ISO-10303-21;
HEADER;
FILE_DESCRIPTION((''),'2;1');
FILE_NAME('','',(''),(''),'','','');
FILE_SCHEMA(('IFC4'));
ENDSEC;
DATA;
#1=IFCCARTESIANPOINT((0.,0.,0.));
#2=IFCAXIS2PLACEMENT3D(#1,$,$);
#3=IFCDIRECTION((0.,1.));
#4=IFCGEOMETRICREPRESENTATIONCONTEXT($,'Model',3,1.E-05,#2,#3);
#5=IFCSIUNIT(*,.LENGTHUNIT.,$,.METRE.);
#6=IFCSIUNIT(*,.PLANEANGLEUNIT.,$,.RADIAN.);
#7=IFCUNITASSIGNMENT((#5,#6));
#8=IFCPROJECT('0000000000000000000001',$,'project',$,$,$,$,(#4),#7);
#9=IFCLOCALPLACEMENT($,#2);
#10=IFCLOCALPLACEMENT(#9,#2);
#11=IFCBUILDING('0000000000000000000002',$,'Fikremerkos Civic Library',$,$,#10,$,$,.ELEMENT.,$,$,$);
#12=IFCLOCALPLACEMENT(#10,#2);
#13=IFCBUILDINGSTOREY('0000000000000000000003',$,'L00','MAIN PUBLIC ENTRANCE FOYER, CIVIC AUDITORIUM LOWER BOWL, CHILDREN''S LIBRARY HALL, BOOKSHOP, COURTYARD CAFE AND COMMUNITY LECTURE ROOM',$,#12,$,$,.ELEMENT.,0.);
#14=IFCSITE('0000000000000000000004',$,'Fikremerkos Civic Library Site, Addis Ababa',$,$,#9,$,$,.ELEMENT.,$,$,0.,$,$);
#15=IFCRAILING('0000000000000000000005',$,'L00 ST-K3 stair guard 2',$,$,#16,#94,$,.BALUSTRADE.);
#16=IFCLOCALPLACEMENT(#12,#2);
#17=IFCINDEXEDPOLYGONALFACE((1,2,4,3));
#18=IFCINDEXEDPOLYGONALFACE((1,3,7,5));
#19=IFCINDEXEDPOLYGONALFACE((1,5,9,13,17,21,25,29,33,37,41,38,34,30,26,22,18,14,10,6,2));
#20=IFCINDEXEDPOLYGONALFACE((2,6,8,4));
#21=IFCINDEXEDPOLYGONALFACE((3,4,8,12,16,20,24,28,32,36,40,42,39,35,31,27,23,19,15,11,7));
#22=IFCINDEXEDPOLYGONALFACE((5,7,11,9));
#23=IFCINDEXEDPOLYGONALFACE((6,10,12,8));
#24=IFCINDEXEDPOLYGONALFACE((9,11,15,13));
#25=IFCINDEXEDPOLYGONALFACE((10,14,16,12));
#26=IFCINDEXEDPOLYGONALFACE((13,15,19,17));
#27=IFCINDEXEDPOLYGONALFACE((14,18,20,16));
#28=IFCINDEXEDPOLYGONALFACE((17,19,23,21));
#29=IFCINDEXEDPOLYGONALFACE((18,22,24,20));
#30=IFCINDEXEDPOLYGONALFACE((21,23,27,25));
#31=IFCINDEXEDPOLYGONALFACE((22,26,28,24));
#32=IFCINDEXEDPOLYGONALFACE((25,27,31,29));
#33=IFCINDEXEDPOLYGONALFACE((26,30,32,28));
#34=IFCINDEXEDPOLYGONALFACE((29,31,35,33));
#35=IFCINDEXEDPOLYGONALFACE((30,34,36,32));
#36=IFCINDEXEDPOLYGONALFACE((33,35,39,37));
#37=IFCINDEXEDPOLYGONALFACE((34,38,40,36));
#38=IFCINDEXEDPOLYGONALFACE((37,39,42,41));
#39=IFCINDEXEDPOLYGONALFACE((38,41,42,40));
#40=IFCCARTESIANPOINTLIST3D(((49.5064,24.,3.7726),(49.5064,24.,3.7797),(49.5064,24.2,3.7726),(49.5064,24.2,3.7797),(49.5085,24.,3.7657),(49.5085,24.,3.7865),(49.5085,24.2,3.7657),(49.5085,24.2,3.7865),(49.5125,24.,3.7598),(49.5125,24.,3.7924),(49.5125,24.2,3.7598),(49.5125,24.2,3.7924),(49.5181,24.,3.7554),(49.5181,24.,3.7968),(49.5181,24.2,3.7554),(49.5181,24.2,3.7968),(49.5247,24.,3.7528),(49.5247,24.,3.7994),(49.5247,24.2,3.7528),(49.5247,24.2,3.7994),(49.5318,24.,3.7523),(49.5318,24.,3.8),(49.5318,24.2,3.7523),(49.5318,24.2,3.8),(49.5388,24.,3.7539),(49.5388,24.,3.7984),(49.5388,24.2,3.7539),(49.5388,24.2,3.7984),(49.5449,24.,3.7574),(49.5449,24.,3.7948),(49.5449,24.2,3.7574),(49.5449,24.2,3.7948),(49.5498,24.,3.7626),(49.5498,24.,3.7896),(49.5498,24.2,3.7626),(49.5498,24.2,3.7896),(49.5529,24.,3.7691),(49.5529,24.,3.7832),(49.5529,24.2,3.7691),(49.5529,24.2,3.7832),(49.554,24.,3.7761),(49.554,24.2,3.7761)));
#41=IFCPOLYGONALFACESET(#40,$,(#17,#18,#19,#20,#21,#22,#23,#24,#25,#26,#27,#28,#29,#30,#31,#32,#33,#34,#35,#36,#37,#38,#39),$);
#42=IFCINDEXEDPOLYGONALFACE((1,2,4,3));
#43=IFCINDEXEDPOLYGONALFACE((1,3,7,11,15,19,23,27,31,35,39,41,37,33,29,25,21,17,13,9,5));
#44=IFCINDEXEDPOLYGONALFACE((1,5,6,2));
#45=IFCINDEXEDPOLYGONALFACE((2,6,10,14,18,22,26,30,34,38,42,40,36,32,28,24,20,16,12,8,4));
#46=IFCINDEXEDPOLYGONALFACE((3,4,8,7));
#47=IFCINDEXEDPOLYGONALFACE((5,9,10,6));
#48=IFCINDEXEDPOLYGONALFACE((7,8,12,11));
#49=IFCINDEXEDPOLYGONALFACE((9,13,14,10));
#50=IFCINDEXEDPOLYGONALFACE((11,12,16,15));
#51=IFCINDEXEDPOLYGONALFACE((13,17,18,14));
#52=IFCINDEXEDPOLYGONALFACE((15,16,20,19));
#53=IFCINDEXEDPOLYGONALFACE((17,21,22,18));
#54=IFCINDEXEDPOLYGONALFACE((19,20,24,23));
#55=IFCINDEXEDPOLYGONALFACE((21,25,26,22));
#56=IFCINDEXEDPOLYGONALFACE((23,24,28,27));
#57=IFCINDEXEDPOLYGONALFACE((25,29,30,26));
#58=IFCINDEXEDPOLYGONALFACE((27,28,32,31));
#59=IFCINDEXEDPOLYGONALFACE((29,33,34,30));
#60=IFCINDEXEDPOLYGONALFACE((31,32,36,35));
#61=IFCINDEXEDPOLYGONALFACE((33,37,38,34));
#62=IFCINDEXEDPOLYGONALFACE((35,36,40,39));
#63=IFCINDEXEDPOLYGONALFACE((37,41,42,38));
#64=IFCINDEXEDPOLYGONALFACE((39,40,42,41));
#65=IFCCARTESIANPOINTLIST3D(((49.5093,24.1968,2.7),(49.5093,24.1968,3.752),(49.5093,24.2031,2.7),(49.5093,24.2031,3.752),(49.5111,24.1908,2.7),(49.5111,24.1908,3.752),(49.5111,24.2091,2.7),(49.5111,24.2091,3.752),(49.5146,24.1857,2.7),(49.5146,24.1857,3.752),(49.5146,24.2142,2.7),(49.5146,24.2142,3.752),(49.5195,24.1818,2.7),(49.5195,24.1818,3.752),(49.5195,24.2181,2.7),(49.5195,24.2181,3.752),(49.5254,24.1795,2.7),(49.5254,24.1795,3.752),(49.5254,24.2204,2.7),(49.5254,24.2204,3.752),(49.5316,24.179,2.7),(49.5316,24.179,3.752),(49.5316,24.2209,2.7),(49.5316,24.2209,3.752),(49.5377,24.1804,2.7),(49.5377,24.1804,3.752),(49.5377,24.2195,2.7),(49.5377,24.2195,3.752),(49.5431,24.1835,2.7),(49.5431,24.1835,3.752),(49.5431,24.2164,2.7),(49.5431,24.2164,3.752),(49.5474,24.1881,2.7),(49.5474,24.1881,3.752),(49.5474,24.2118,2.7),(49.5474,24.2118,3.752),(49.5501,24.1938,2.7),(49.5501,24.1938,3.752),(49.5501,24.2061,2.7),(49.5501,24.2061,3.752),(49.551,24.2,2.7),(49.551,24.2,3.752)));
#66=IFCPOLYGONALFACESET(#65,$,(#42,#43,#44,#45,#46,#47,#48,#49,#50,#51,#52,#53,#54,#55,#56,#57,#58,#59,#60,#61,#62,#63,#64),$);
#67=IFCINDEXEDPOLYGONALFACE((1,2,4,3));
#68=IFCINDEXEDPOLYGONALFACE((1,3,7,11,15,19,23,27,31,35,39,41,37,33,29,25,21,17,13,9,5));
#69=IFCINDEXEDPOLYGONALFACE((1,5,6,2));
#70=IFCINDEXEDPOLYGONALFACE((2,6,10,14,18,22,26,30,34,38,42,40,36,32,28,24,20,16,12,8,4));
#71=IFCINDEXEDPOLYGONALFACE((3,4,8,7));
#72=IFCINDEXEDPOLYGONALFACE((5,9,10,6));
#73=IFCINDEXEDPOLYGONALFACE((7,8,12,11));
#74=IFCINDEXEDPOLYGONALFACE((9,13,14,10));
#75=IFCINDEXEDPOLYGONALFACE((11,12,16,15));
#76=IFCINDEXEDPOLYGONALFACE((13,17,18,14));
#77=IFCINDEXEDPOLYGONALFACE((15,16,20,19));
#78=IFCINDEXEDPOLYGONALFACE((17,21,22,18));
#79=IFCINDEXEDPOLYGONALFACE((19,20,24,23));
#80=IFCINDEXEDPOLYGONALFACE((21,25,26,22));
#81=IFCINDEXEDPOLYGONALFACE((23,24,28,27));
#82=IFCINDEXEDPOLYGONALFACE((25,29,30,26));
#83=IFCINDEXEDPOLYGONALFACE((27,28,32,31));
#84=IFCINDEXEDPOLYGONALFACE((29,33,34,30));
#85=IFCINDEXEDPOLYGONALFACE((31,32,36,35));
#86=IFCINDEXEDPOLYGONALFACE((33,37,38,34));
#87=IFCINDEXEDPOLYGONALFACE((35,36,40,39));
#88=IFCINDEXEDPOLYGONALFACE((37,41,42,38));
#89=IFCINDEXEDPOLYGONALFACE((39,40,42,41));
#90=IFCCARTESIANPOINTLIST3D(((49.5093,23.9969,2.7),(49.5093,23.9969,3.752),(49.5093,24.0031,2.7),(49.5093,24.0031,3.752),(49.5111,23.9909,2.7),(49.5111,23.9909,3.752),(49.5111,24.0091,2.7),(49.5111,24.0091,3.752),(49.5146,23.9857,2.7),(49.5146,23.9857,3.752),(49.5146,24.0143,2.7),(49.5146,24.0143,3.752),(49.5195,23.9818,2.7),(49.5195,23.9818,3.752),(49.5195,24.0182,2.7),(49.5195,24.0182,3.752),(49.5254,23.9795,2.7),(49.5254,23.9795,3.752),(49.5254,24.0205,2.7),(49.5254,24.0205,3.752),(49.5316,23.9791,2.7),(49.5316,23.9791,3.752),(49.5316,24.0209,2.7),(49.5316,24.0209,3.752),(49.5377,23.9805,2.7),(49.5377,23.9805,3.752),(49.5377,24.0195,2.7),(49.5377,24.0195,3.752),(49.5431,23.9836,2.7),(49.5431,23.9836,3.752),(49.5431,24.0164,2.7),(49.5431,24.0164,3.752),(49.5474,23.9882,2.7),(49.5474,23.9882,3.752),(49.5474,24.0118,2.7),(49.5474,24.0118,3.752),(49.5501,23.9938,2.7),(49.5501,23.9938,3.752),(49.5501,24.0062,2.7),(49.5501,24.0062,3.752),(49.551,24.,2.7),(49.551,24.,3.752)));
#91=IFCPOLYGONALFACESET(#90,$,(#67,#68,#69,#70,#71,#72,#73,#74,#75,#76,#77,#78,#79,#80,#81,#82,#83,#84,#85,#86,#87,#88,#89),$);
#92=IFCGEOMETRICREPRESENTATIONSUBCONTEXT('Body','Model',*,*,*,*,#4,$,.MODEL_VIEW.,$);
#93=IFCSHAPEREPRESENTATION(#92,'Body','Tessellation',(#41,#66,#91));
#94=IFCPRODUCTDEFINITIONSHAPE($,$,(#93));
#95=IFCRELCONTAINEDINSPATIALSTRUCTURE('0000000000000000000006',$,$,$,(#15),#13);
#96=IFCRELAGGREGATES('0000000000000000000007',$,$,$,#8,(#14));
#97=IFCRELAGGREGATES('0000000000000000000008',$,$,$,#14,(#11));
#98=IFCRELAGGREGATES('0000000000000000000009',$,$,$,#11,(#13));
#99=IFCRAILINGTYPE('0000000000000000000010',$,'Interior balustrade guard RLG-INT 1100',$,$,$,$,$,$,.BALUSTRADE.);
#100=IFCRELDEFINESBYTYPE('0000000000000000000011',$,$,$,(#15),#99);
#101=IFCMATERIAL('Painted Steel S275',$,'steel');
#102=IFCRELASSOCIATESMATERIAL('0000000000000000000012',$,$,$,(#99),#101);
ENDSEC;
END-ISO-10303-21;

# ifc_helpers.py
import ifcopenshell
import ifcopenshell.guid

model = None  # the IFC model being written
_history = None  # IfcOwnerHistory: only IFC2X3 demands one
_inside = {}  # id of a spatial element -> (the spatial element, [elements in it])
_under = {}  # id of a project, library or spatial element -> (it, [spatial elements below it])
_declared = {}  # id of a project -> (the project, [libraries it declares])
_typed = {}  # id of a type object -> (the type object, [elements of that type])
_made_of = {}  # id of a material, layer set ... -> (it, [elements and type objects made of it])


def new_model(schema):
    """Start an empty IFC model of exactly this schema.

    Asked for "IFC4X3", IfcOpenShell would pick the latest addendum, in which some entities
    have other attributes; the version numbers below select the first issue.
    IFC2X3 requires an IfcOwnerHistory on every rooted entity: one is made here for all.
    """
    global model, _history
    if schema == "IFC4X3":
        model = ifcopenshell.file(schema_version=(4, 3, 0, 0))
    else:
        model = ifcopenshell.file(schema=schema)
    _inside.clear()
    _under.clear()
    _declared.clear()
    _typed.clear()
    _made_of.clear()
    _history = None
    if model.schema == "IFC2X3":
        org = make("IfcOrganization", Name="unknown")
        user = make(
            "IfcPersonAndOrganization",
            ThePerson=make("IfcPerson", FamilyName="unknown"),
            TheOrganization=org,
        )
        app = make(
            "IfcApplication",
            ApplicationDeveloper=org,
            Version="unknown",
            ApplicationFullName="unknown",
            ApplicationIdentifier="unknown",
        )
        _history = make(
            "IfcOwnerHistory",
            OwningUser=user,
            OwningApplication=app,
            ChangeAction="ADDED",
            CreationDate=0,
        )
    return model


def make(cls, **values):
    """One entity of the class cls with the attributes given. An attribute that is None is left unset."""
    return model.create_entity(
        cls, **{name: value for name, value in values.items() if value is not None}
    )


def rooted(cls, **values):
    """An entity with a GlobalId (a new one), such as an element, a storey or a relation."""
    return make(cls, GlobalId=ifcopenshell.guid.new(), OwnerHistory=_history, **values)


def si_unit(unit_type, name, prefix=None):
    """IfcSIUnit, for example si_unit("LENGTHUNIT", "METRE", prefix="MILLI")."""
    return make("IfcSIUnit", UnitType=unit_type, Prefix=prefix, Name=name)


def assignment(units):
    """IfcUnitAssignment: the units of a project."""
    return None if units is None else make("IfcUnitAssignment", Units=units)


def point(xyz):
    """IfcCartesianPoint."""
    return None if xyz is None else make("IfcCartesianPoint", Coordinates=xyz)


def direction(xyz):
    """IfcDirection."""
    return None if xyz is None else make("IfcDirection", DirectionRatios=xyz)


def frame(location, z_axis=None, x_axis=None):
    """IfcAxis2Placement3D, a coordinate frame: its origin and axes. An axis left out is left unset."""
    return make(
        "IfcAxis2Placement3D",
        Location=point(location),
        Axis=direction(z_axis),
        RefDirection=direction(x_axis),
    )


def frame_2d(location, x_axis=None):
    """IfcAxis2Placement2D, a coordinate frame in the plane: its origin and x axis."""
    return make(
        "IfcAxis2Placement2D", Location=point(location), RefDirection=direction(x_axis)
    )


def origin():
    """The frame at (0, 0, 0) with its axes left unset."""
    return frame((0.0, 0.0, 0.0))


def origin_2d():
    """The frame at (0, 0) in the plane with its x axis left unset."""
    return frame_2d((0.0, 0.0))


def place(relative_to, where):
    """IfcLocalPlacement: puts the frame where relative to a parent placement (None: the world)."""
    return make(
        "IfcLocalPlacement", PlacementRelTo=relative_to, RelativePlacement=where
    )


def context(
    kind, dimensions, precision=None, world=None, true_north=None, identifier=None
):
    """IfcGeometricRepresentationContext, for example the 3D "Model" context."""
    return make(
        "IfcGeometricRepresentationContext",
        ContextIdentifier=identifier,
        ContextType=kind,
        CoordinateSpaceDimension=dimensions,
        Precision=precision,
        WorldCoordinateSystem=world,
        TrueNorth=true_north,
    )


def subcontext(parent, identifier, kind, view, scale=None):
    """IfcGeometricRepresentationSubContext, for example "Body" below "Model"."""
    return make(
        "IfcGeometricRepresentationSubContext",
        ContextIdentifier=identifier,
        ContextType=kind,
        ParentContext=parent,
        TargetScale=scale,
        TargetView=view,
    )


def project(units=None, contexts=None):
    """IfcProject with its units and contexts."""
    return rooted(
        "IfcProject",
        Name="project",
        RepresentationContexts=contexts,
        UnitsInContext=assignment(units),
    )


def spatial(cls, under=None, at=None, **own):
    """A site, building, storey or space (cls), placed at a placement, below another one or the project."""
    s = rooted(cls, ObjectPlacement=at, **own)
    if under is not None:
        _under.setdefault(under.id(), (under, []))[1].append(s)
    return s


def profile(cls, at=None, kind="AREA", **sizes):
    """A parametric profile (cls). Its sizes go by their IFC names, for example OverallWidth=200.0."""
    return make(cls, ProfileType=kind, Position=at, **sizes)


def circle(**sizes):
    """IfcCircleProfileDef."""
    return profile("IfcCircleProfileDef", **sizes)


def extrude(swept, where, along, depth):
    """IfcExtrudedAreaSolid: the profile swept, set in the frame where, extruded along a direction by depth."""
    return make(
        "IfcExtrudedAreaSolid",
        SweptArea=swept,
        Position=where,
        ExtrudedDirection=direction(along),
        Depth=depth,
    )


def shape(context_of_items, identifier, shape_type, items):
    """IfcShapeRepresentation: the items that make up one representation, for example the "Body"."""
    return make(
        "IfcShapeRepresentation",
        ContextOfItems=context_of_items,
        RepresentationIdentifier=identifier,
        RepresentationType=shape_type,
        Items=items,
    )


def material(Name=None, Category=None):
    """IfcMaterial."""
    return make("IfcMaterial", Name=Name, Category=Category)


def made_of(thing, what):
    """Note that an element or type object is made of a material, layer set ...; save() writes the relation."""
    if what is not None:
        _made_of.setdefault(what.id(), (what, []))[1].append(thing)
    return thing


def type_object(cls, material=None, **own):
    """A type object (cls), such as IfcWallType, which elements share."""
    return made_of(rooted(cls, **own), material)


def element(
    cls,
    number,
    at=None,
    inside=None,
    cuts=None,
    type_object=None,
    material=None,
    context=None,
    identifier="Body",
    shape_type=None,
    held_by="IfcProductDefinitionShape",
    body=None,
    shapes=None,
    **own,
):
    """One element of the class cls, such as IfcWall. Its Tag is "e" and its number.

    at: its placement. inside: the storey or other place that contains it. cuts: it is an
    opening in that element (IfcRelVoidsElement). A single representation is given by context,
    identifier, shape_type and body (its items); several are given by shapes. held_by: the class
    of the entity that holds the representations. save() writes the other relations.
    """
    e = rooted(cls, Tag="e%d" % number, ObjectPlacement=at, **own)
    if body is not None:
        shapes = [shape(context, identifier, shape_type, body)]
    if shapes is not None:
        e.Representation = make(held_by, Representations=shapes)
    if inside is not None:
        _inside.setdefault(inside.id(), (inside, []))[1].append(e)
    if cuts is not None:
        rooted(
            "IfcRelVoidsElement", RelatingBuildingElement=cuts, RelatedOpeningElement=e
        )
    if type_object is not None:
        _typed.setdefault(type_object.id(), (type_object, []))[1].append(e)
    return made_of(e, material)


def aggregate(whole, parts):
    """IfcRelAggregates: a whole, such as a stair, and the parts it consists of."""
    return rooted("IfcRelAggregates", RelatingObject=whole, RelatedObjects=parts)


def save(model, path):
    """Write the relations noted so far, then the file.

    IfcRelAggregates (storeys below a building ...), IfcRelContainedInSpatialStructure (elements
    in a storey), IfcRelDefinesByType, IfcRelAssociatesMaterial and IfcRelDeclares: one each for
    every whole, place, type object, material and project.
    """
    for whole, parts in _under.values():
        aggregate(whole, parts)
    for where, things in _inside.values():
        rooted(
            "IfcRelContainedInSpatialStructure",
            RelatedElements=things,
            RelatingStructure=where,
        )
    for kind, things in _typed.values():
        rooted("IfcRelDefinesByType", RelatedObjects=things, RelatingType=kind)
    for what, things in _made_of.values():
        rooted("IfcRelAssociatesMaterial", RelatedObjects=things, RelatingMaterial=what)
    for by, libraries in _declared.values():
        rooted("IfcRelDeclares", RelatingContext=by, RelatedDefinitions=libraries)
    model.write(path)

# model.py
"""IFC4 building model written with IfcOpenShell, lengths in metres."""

from ifc_helpers import new_model, si_unit, direction, frame, origin, origin_2d, place, context, subcontext, project, spatial, circle, extrude, material, type_object, element, save


model = new_model("IFC4")

# Units and contexts
model_context = context("Model", 3, precision=1e-05, world=origin(), true_north=direction((0.0, 1.0)))
body_context = subcontext(model_context, "Body", "Model", "MODEL_VIEW")
ifc_project = project(units=[si_unit("LENGTHUNIT", "METRE"), si_unit("PLANEANGLEUNIT", "RADIAN")], contexts=[model_context])

# Site, building, storey
site_placement = place(None, origin())
site = spatial("IfcSite", under=ifc_project, at=site_placement, Name="Fikremerkos Civic Library Site, Addis Ababa", CompositionType="ELEMENT", RefElevation=0.0)
building_placement = place(site_placement, origin())
building = spatial("IfcBuilding", under=site, at=building_placement, Name="Fikremerkos Civic Library", CompositionType="ELEMENT")
storey_placement = place(building_placement, origin())
storey = spatial("IfcBuildingStorey", under=building, at=storey_placement, Name="L00", Description="MAIN PUBLIC ENTRANCE FOYER, CIVIC AUDITORIUM LOWER BOWL, CHILDREN'S LIBRARY HALL, BOOKSHOP, COURTYARD CAFE AND COMMUNITY LECTURE ROOM", CompositionType="ELEMENT", Elevation=0.0)

# Railing
ifc_material_1 = material(Name="Painted Steel S275", Category="steel")
railing_type_1 = type_object("IfcRailingType", Name="Interior balustrade guard RLG-INT 1100", PredefinedType="BALUSTRADE", material=ifc_material_1)
railing_1_placement = place(storey_placement, frame((49.53, 24.2, 2.7)))
element("IfcRailing", 1, at=railing_1_placement, inside=storey, type_object=railing_type_1, Name="L00 ST-K3 stair guard 2", PredefinedType="BALUSTRADE", context=body_context, shape_type="SweptSolid", body=[
    extrude(circle(Radius=0.0239, at=origin_2d()), frame((0.0, 0.0, 1.0762), z_axis=(0.0, -1.0, 0.0), x_axis=(1.0, 0.0, 0.0)), (0.0, 0.0, 1.0), 0.2),
    extrude(circle(Radius=0.021, at=origin_2d()), origin(), (0.0, 0.0, 1.0), 1.052),
    extrude(circle(Radius=0.021, at=origin_2d()), frame((0.0, -0.2, 0.0)), (0.0, 0.0, 1.0), 1.052),
])

save(model, "model.ifc")
